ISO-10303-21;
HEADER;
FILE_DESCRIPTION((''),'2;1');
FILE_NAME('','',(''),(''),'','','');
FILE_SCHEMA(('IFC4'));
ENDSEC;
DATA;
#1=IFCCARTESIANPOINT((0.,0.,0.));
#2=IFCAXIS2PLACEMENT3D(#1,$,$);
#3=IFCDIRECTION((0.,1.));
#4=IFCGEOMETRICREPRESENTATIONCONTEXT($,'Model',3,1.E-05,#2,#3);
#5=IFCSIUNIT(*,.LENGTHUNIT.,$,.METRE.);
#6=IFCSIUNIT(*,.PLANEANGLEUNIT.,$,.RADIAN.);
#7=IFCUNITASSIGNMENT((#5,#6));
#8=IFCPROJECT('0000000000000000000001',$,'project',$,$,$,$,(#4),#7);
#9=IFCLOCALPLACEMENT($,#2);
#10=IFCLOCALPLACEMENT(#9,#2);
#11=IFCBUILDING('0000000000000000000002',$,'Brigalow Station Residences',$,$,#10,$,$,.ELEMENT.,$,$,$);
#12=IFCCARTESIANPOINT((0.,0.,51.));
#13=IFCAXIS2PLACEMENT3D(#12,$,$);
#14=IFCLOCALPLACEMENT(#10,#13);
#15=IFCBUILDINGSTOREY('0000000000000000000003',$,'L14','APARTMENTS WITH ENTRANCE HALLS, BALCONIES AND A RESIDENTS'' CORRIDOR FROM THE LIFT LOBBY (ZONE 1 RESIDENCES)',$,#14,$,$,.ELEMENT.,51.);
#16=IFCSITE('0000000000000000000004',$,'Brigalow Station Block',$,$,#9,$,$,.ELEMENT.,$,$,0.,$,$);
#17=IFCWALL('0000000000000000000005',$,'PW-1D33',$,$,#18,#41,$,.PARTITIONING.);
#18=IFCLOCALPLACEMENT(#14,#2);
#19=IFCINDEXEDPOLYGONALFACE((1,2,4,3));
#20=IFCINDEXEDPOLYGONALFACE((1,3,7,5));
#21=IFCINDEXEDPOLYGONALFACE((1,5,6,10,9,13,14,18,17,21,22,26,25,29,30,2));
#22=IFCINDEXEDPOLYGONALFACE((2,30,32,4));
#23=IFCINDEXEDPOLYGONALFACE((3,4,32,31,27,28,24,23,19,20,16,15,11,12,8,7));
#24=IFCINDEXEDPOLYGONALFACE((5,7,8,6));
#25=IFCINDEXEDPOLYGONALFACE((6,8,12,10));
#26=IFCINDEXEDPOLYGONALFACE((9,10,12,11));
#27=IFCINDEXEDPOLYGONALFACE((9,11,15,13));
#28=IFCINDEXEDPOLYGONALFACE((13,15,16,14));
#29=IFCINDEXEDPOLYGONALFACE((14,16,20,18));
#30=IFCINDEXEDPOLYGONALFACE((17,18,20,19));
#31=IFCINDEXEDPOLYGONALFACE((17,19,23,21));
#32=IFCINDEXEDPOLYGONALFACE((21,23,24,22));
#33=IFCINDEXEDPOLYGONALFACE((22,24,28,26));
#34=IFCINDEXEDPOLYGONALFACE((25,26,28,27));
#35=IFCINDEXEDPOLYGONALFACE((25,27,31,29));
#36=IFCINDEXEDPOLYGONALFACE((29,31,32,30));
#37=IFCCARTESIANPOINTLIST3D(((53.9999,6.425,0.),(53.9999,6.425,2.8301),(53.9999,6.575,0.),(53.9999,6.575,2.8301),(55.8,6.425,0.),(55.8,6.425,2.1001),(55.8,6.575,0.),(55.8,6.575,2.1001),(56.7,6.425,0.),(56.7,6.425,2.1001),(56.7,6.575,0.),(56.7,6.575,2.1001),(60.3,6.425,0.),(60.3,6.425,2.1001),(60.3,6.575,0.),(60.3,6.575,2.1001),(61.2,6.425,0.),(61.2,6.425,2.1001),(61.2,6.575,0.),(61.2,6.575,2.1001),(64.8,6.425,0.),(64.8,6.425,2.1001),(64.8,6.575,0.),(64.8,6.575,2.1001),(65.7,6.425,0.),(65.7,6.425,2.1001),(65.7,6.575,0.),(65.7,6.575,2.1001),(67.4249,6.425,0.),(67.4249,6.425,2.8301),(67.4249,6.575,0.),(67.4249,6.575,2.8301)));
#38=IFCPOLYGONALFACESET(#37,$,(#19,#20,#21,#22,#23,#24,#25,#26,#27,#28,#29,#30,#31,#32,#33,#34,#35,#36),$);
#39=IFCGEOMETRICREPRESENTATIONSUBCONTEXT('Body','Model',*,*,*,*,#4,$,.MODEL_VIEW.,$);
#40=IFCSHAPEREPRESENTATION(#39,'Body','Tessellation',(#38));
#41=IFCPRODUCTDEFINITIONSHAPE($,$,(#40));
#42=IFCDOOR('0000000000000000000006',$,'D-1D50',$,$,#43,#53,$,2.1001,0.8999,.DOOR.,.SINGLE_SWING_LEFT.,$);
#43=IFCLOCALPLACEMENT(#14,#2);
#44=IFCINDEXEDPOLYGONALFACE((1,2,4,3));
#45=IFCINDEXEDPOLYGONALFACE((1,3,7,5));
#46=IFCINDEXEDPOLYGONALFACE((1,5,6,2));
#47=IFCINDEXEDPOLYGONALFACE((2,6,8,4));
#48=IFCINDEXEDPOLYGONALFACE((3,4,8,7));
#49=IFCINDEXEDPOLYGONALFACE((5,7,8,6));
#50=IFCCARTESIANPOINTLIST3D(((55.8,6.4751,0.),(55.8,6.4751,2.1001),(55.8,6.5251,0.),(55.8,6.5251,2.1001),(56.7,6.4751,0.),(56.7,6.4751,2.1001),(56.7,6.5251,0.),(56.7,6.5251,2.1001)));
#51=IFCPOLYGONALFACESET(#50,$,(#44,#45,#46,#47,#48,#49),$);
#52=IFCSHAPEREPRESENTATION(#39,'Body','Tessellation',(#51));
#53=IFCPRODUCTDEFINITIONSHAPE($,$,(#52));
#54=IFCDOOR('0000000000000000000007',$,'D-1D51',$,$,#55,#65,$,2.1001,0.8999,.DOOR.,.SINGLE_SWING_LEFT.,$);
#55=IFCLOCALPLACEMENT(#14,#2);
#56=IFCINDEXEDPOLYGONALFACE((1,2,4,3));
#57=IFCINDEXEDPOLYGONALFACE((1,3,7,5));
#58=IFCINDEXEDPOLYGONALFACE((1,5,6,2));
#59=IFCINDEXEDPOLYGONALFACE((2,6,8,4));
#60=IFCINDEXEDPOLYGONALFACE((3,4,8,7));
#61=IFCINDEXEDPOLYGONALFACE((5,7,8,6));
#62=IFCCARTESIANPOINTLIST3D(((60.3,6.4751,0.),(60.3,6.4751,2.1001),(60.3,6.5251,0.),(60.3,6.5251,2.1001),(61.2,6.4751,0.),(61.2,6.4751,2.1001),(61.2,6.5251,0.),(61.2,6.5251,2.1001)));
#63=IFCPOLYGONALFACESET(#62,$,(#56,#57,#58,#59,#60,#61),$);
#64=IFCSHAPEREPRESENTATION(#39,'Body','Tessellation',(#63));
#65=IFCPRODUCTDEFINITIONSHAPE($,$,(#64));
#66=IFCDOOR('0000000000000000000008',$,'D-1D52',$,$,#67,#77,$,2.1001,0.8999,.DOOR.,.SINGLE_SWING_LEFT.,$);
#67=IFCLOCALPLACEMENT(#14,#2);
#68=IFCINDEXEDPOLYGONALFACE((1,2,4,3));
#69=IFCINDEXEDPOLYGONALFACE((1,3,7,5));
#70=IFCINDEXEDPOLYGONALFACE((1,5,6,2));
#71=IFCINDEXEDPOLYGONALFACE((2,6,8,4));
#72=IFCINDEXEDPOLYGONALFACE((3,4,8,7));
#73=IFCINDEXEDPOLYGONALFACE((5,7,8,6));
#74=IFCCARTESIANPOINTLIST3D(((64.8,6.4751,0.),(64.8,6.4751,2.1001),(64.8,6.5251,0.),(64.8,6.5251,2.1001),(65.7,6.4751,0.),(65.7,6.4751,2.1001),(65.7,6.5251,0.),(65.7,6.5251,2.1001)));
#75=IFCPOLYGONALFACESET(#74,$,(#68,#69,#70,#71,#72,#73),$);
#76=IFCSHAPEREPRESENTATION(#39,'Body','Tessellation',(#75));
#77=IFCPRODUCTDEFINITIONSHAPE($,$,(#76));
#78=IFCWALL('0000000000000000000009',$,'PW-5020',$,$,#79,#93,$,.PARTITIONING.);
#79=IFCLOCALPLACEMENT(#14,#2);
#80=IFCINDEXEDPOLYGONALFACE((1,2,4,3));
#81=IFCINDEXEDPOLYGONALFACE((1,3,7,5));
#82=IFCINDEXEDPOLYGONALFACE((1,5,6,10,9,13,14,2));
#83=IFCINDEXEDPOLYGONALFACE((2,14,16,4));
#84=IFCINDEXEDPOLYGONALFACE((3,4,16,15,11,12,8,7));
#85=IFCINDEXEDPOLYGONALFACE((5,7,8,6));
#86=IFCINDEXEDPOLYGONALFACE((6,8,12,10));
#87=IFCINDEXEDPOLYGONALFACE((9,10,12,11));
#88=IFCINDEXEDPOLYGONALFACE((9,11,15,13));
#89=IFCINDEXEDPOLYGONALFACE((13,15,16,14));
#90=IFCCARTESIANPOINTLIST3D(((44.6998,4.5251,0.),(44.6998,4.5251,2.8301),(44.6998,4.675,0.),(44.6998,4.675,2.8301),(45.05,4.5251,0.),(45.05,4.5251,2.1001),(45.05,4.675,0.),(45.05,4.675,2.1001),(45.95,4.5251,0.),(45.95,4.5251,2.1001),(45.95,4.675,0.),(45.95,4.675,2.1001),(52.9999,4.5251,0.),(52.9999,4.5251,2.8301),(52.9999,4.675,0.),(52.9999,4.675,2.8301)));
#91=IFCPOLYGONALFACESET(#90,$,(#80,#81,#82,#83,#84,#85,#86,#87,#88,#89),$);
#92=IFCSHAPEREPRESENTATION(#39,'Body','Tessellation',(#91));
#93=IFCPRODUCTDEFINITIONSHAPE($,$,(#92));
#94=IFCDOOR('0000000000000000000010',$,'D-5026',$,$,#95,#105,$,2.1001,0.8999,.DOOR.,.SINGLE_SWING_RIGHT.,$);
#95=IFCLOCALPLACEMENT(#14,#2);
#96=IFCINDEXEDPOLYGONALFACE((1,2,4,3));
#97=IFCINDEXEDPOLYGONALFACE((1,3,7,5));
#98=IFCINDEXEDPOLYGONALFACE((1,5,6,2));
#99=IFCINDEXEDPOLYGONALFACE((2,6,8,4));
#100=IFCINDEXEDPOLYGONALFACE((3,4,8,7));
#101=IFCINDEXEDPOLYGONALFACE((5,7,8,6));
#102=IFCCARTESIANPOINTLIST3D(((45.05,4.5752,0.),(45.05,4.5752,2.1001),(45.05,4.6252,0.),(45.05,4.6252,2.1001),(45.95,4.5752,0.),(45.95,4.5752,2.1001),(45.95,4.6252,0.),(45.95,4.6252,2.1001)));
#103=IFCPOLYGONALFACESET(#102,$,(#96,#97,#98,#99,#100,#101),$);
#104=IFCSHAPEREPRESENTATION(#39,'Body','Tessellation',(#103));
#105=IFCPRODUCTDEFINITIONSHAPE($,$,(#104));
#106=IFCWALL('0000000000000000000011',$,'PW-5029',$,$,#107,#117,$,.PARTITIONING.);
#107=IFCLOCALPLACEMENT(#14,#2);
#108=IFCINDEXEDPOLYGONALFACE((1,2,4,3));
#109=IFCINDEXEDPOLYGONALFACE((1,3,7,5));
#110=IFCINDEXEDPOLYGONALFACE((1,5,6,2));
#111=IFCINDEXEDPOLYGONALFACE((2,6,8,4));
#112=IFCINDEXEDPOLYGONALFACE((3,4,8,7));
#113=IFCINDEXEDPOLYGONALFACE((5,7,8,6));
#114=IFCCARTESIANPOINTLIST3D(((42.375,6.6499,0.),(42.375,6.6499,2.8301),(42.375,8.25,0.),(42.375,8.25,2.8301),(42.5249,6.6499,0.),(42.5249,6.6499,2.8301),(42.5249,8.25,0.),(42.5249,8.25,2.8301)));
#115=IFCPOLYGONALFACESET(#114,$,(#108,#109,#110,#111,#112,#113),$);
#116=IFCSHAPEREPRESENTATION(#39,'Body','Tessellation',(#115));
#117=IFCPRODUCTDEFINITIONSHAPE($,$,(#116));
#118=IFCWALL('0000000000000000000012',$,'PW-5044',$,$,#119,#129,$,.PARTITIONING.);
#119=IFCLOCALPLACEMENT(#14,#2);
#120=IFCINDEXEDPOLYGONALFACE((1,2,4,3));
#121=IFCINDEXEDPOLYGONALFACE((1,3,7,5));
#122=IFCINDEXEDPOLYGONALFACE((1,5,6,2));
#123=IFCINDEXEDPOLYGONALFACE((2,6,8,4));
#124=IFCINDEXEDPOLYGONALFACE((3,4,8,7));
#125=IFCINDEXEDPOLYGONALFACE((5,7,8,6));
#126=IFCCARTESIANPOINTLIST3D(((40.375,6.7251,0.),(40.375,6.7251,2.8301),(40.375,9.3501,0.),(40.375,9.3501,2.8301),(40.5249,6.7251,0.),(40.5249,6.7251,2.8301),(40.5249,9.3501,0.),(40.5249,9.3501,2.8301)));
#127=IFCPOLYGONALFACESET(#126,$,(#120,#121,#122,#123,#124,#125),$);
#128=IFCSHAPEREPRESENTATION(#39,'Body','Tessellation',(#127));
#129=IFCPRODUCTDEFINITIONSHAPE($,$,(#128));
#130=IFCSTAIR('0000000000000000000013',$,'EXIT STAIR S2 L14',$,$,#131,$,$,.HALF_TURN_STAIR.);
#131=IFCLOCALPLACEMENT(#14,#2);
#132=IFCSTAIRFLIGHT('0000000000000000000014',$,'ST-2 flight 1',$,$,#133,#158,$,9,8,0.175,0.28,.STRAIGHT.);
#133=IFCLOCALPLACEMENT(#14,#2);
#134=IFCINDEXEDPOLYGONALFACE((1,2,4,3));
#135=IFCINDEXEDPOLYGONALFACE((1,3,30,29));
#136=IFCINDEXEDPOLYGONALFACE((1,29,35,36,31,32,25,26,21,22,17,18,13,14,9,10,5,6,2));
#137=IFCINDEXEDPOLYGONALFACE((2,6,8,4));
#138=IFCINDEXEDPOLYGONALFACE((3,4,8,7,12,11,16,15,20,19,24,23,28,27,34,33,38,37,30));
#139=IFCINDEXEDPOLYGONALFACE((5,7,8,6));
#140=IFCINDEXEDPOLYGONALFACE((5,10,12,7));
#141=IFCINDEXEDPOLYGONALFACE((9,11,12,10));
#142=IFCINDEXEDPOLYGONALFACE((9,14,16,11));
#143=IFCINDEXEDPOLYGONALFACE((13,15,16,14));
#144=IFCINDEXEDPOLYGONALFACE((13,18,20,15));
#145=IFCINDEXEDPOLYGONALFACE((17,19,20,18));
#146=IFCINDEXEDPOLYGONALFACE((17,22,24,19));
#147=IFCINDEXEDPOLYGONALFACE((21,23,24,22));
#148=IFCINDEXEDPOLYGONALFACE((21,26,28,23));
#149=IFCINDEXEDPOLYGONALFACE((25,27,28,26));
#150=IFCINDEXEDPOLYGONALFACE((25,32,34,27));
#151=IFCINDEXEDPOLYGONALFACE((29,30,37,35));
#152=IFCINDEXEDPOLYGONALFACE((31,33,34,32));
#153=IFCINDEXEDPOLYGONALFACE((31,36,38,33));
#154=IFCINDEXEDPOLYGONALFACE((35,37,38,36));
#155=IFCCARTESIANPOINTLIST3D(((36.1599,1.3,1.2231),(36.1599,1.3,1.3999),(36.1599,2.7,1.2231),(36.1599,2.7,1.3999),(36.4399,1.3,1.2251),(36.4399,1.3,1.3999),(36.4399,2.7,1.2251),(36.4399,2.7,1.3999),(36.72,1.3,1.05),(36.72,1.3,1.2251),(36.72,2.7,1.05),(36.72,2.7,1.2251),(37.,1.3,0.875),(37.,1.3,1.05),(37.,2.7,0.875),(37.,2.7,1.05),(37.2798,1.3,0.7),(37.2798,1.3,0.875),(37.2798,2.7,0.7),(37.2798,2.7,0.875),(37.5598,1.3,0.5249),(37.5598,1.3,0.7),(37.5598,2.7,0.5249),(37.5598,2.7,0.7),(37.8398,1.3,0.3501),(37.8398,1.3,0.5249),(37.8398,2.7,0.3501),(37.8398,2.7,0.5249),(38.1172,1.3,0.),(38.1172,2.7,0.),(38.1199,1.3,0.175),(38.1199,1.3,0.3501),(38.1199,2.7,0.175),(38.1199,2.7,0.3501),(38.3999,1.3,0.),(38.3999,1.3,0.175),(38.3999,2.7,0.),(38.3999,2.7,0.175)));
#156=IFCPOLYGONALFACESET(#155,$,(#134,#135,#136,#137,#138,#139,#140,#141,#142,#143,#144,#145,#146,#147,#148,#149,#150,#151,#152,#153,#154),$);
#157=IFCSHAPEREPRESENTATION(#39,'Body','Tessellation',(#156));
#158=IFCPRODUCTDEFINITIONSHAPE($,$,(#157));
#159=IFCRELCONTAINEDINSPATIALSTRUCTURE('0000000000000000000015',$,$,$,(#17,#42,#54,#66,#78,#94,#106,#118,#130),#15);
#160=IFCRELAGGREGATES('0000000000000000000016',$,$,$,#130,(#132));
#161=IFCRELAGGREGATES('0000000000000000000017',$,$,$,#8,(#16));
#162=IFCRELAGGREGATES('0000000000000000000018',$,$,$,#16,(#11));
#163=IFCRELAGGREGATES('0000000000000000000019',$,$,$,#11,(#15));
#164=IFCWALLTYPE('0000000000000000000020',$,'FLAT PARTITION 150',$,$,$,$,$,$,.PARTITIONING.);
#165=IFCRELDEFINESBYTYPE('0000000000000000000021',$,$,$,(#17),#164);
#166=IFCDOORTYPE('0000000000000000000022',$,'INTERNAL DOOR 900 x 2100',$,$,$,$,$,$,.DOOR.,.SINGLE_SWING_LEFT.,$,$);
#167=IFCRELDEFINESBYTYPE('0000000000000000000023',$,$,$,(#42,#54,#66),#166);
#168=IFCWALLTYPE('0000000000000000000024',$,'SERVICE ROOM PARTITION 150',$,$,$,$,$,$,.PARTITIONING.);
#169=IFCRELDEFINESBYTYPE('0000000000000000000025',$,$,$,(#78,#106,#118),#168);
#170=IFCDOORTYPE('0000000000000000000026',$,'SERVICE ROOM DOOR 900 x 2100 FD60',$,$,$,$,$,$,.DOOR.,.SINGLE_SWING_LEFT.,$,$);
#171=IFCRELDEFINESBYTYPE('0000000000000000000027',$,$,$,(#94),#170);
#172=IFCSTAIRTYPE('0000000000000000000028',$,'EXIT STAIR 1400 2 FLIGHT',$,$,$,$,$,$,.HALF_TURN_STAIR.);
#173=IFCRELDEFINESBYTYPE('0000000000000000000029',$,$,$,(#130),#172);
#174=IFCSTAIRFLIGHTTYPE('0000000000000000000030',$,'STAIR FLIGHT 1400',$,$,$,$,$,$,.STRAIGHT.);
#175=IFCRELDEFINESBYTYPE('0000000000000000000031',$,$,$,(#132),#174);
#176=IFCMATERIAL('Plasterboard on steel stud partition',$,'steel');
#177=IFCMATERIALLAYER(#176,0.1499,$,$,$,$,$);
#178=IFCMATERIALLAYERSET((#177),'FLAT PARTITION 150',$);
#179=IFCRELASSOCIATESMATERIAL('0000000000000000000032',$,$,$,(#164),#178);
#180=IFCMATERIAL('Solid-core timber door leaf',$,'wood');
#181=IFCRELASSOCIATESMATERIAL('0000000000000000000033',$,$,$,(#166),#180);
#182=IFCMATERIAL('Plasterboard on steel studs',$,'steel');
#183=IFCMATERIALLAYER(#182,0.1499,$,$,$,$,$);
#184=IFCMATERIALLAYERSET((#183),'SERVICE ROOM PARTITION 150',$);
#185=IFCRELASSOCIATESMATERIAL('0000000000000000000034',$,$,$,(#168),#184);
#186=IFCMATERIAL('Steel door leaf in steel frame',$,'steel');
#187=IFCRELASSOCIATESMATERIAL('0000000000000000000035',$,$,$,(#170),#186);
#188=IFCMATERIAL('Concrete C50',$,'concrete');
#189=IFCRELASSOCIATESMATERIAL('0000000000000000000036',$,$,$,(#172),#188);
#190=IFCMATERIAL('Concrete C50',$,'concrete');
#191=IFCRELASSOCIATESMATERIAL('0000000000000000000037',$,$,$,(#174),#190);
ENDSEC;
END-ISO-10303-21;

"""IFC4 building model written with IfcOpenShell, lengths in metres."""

from ifc_helpers import new_model, si_unit, direction, frame, frame_2d, origin, place, context, subcontext, project, spatial, polyline, rectangle, outline, extrude, material, layer, layer_set, type_object, element, fill, aggregate, save


model = new_model("IFC4")

# Units and contexts
model_context = context("Model", 3, precision=1e-05, world=origin(), true_north=direction((0.0, 1.0)))
body_context = subcontext(model_context, "Body", "Model", "MODEL_VIEW")
ifc_project = project(units=[si_unit("LENGTHUNIT", "METRE"), si_unit("PLANEANGLEUNIT", "RADIAN")], contexts=[model_context])

# Site, building, storey
site_placement = place(None, origin())
site = spatial("IfcSite", under=ifc_project, at=site_placement, Name="Brigalow Station Block", CompositionType="ELEMENT", RefElevation=0.0)
building_placement = place(site_placement, origin())
building = spatial("IfcBuilding", under=site, at=building_placement, Name="Brigalow Station Residences", CompositionType="ELEMENT")
storey_placement = place(building_placement, frame((0.0, 0.0, 51.0)))
storey = spatial("IfcBuildingStorey", under=building, at=storey_placement, Name="L14", Description="APARTMENTS WITH ENTRANCE HALLS, BALCONIES AND A RESIDENTS' CORRIDOR FROM THE LIFT LOBBY (ZONE 1 RESIDENCES)", CompositionType="ELEMENT", Elevation=51.0)

# Wall, openings, doors
ifc_material_1 = material(Name="Plasterboard on steel stud partition", Category="steel")
ifc_layer_1 = layer(ifc_material_1, 0.1499)
ifc_layer_set_1 = layer_set([ifc_layer_1], Name="FLAT PARTITION 150")
wall_type_1 = type_object("IfcWallType", Name="FLAT PARTITION 150", PredefinedType="PARTITIONING", material=ifc_layer_set_1)
wall_1_placement = place(storey_placement, frame((54.0, 6.5, 0.0), z_axis=(0.0, 0.0, 1.0), x_axis=(1.0, 0.0, 0.0)))
wall_1 = element("IfcWall", 1, at=wall_1_placement, inside=storey, type_object=wall_type_1, Name="PW-1D33", PredefinedType="PARTITIONING", context=body_context, shape_type="SweptSolid", body=[
    extrude(rectangle(XDim=13.425, YDim=0.1499, at=frame_2d((6.7124, 0.0))), origin(), (0.0, 0.0, 1.0), 2.8301),
])
opening_1_placement = place(wall_1_placement, frame((1.8, 0.0, 0.0)))
opening_1 = element("IfcOpeningElement", 2, at=opening_1_placement, cuts=wall_1, PredefinedType="OPENING", context=body_context, shape_type="SweptSolid", body=[
    extrude(rectangle(XDim=0.8999, YDim=2.1001, at=frame_2d((0.45, 1.05))), frame((0.0, 0.085, 0.0), z_axis=(0.0, -1.0, 0.0), x_axis=(1.0, 0.0, 0.0)), (0.0, 0.0, 1.0), 0.1699),
])
opening_2_placement = place(wall_1_placement, frame((6.3, 0.0, 0.0)))
opening_2 = element("IfcOpeningElement", 3, at=opening_2_placement, cuts=wall_1, PredefinedType="OPENING", context=body_context, shape_type="SweptSolid", body=[
    extrude(rectangle(XDim=0.8999, YDim=2.1001, at=frame_2d((0.45, 1.05))), frame((0.0, 0.085, 0.0), z_axis=(0.0, -1.0, 0.0), x_axis=(1.0, 0.0, 0.0)), (0.0, 0.0, 1.0), 0.1699),
])
opening_3_placement = place(wall_1_placement, frame((10.8, 0.0, 0.0)))
opening_3 = element("IfcOpeningElement", 4, at=opening_3_placement, cuts=wall_1, PredefinedType="OPENING", context=body_context, shape_type="SweptSolid", body=[
    extrude(rectangle(XDim=0.8999, YDim=2.1001, at=frame_2d((0.45, 1.05))), frame((0.0, 0.085, 0.0), z_axis=(0.0, -1.0, 0.0), x_axis=(1.0, 0.0, 0.0)), (0.0, 0.0, 1.0), 0.1699),
])
ifc_material_2 = material(Name="Solid-core timber door leaf", Category="wood")
door_type_1 = type_object("IfcDoorType", Name="INTERNAL DOOR 900 x 2100", OperationType="SINGLE_SWING_LEFT", PredefinedType="DOOR", material=ifc_material_2)
door_1_placement = place(opening_1_placement, frame((0.8999, 0.0, 0.0), z_axis=(0.0, 0.0, 1.0), x_axis=(-1.0, 0.0, 0.0)))
door_1 = element("IfcDoor", 5, at=door_1_placement, inside=storey, type_object=door_type_1, Name="D-1D50", OperationType="SINGLE_SWING_LEFT", OverallHeight=2.1001, OverallWidth=0.8999, PredefinedType="DOOR", context=body_context, shape_type="SweptSolid", body=[
    extrude(rectangle(XDim=0.8999, YDim=2.1001, at=frame_2d((0.45, 1.05))), frame((0.0, 0.0249, 0.0), z_axis=(0.0, -1.0, 0.0), x_axis=(1.0, 0.0, 0.0)), (0.0, 0.0, 1.0), 0.05),
])
fill(opening_1, door_1)
door_2_placement = place(opening_2_placement, frame((0.8999, 0.0, 0.0), z_axis=(0.0, 0.0, 1.0), x_axis=(-1.0, 0.0, 0.0)))
door_2 = element("IfcDoor", 6, at=door_2_placement, inside=storey, type_object=door_type_1, Name="D-1D51", OperationType="SINGLE_SWING_LEFT", OverallHeight=2.1001, OverallWidth=0.8999, PredefinedType="DOOR", context=body_context, shape_type="SweptSolid", body=[
    extrude(rectangle(XDim=0.8999, YDim=2.1001, at=frame_2d((0.45, 1.05))), frame((0.0, 0.0249, 0.0), z_axis=(0.0, -1.0, 0.0), x_axis=(1.0, 0.0, 0.0)), (0.0, 0.0, 1.0), 0.05),
])
fill(opening_2, door_2)
door_3_placement = place(opening_3_placement, frame((0.8999, 0.0, 0.0), z_axis=(0.0, 0.0, 1.0), x_axis=(-1.0, 0.0, 0.0)))
door_3 = element("IfcDoor", 7, at=door_3_placement, inside=storey, type_object=door_type_1, Name="D-1D52", OperationType="SINGLE_SWING_LEFT", OverallHeight=2.1001, OverallWidth=0.8999, PredefinedType="DOOR", context=body_context, shape_type="SweptSolid", body=[
    extrude(rectangle(XDim=0.8999, YDim=2.1001, at=frame_2d((0.45, 1.05))), frame((0.0, 0.0249, 0.0), z_axis=(0.0, -1.0, 0.0), x_axis=(1.0, 0.0, 0.0)), (0.0, 0.0, 1.0), 0.05),
])
fill(opening_3, door_3)

# Wall, opening, door
ifc_material_3 = material(Name="Plasterboard on steel studs", Category="steel")
ifc_layer_2 = layer(ifc_material_3, 0.1499)
ifc_layer_set_2 = layer_set([ifc_layer_2], Name="SERVICE ROOM PARTITION 150")
wall_type_2 = type_object("IfcWallType", Name="SERVICE ROOM PARTITION 150", PredefinedType="PARTITIONING", material=ifc_layer_set_2)
wall_2_placement = place(storey_placement, frame((44.7, 4.6001, 0.0), z_axis=(0.0, 0.0, 1.0), x_axis=(1.0, 0.0, 0.0)))
wall_2 = element("IfcWall", 8, at=wall_2_placement, inside=storey, type_object=wall_type_2, Name="PW-5020", PredefinedType="PARTITIONING", context=body_context, shape_type="SweptSolid", body=[
    extrude(rectangle(XDim=8.3, YDim=0.1499, at=frame_2d((4.1499, 0.0))), origin(), (0.0, 0.0, 1.0), 2.8301),
])
opening_4_placement = place(wall_2_placement, frame((0.3501, 0.0, 0.0)))
opening_4 = element("IfcOpeningElement", 9, at=opening_4_placement, cuts=wall_2, PredefinedType="OPENING", context=body_context, shape_type="SweptSolid", body=[
    extrude(rectangle(XDim=0.8999, YDim=2.1001, at=frame_2d((0.45, 1.05))), frame((0.0, 0.085, 0.0), z_axis=(0.0, -1.0, 0.0), x_axis=(1.0, 0.0, 0.0)), (0.0, 0.0, 1.0), 0.1699),
])
ifc_material_4 = material(Name="Steel door leaf in steel frame", Category="steel")
door_type_2 = type_object("IfcDoorType", Name="SERVICE ROOM DOOR 900 x 2100 FD60", OperationType="SINGLE_SWING_LEFT", PredefinedType="DOOR", material=ifc_material_4)
door_4_placement = place(opening_4_placement, frame((0.8999, 0.0, 0.0), z_axis=(0.0, 0.0, 1.0), x_axis=(-1.0, 0.0, 0.0)))
door_4 = element("IfcDoor", 10, at=door_4_placement, inside=storey, type_object=door_type_2, Name="D-5026", OperationType="SINGLE_SWING_RIGHT", OverallHeight=2.1001, OverallWidth=0.8999, PredefinedType="DOOR", context=body_context, shape_type="SweptSolid", body=[
    extrude(rectangle(XDim=0.8999, YDim=2.1001, at=frame_2d((0.45, 1.05))), frame((0.0, 0.0249, 0.0), z_axis=(0.0, -1.0, 0.0), x_axis=(1.0, 0.0, 0.0)), (0.0, 0.0, 1.0), 0.05),
])
fill(opening_4, door_4)

# Walls
wall_3_placement = place(storey_placement, frame((42.45, 6.6499, 0.0), z_axis=(0.0, 0.0, 1.0), x_axis=(0.0, 1.0, 0.0)))
element("IfcWall", 11, at=wall_3_placement, inside=storey, type_object=wall_type_2, Name="PW-5029", PredefinedType="PARTITIONING", context=body_context, shape_type="SweptSolid", body=[
    extrude(rectangle(XDim=1.6001, YDim=0.1499, at=frame_2d((0.8, 0.0))), origin(), (0.0, 0.0, 1.0), 2.8301),
])
wall_4_placement = place(storey_placement, frame((40.45, 6.7251, 0.0), z_axis=(0.0, 0.0, 1.0), x_axis=(0.0, 1.0, 0.0)))
element("IfcWall", 12, at=wall_4_placement, inside=storey, type_object=wall_type_2, Name="PW-5044", PredefinedType="PARTITIONING", context=body_context, shape_type="SweptSolid", body=[
    extrude(rectangle(XDim=2.625, YDim=0.1499, at=frame_2d((1.3125, 0.0))), origin(), (0.0, 0.0, 1.0), 2.8301),
])

# Stair, stair flight
ifc_material_5 = material(Name="Concrete C50", Category="concrete")
stair_type = type_object("IfcStairType", Name="EXIT STAIR 1400 2 FLIGHT", PredefinedType="HALF_TURN_STAIR", material=ifc_material_5)
stair_placement = place(storey_placement, origin())
stair = element("IfcStair", 13, at=stair_placement, inside=storey, type_object=stair_type, Name="EXIT STAIR S2 L14", PredefinedType="HALF_TURN_STAIR")
ifc_material_6 = material(Name="Concrete C50", Category="concrete")
stair_flight_type = type_object("IfcStairFlightType", Name="STAIR FLIGHT 1400", PredefinedType="STRAIGHT", material=ifc_material_6)
stair_flight_1_placement = place(storey_placement, frame((38.3999, 2.0, 0.0), z_axis=(0.0, 0.0, 1.0), x_axis=(-1.0, 0.0, 0.0)))
stair_flight_1 = element("IfcStairFlight", 14, at=stair_flight_1_placement, type_object=stair_flight_type, Name="ST-2 flight 1", NumberOfRisers=9, NumberOfTreads=8, PredefinedType="STRAIGHT", RiserHeight=0.175, TreadLength=0.28, context=body_context, shape_type="SweptSolid", body=[
    extrude(outline(polyline([(0.0, 0.0), (0.0, 0.175), (0.28, 0.175), (0.28, 0.3501), (0.5601, 0.3501), (0.5601, 0.5249), (0.8401, 0.5249), (0.8401, 0.7), (1.1201, 0.7), (1.1201, 0.875), (1.3999, 0.875), (1.3999, 1.05), (1.6799, 1.05), (1.6799, 1.2251), (1.96, 1.2251), (1.96, 1.3999), (2.24, 1.3999), (2.24, 1.575), (2.24, 1.2231), (0.2827, 0.0), (0.0, 0.0)])), frame((0.0, 0.7, 0.0), z_axis=(0.0, -1.0, 0.0), x_axis=(1.0, 0.0, 0.0)), (0.0, 0.0, 1.0), 1.3999),
])
aggregate(stair, [stair_flight_1])

save(model, "model.ifc")
